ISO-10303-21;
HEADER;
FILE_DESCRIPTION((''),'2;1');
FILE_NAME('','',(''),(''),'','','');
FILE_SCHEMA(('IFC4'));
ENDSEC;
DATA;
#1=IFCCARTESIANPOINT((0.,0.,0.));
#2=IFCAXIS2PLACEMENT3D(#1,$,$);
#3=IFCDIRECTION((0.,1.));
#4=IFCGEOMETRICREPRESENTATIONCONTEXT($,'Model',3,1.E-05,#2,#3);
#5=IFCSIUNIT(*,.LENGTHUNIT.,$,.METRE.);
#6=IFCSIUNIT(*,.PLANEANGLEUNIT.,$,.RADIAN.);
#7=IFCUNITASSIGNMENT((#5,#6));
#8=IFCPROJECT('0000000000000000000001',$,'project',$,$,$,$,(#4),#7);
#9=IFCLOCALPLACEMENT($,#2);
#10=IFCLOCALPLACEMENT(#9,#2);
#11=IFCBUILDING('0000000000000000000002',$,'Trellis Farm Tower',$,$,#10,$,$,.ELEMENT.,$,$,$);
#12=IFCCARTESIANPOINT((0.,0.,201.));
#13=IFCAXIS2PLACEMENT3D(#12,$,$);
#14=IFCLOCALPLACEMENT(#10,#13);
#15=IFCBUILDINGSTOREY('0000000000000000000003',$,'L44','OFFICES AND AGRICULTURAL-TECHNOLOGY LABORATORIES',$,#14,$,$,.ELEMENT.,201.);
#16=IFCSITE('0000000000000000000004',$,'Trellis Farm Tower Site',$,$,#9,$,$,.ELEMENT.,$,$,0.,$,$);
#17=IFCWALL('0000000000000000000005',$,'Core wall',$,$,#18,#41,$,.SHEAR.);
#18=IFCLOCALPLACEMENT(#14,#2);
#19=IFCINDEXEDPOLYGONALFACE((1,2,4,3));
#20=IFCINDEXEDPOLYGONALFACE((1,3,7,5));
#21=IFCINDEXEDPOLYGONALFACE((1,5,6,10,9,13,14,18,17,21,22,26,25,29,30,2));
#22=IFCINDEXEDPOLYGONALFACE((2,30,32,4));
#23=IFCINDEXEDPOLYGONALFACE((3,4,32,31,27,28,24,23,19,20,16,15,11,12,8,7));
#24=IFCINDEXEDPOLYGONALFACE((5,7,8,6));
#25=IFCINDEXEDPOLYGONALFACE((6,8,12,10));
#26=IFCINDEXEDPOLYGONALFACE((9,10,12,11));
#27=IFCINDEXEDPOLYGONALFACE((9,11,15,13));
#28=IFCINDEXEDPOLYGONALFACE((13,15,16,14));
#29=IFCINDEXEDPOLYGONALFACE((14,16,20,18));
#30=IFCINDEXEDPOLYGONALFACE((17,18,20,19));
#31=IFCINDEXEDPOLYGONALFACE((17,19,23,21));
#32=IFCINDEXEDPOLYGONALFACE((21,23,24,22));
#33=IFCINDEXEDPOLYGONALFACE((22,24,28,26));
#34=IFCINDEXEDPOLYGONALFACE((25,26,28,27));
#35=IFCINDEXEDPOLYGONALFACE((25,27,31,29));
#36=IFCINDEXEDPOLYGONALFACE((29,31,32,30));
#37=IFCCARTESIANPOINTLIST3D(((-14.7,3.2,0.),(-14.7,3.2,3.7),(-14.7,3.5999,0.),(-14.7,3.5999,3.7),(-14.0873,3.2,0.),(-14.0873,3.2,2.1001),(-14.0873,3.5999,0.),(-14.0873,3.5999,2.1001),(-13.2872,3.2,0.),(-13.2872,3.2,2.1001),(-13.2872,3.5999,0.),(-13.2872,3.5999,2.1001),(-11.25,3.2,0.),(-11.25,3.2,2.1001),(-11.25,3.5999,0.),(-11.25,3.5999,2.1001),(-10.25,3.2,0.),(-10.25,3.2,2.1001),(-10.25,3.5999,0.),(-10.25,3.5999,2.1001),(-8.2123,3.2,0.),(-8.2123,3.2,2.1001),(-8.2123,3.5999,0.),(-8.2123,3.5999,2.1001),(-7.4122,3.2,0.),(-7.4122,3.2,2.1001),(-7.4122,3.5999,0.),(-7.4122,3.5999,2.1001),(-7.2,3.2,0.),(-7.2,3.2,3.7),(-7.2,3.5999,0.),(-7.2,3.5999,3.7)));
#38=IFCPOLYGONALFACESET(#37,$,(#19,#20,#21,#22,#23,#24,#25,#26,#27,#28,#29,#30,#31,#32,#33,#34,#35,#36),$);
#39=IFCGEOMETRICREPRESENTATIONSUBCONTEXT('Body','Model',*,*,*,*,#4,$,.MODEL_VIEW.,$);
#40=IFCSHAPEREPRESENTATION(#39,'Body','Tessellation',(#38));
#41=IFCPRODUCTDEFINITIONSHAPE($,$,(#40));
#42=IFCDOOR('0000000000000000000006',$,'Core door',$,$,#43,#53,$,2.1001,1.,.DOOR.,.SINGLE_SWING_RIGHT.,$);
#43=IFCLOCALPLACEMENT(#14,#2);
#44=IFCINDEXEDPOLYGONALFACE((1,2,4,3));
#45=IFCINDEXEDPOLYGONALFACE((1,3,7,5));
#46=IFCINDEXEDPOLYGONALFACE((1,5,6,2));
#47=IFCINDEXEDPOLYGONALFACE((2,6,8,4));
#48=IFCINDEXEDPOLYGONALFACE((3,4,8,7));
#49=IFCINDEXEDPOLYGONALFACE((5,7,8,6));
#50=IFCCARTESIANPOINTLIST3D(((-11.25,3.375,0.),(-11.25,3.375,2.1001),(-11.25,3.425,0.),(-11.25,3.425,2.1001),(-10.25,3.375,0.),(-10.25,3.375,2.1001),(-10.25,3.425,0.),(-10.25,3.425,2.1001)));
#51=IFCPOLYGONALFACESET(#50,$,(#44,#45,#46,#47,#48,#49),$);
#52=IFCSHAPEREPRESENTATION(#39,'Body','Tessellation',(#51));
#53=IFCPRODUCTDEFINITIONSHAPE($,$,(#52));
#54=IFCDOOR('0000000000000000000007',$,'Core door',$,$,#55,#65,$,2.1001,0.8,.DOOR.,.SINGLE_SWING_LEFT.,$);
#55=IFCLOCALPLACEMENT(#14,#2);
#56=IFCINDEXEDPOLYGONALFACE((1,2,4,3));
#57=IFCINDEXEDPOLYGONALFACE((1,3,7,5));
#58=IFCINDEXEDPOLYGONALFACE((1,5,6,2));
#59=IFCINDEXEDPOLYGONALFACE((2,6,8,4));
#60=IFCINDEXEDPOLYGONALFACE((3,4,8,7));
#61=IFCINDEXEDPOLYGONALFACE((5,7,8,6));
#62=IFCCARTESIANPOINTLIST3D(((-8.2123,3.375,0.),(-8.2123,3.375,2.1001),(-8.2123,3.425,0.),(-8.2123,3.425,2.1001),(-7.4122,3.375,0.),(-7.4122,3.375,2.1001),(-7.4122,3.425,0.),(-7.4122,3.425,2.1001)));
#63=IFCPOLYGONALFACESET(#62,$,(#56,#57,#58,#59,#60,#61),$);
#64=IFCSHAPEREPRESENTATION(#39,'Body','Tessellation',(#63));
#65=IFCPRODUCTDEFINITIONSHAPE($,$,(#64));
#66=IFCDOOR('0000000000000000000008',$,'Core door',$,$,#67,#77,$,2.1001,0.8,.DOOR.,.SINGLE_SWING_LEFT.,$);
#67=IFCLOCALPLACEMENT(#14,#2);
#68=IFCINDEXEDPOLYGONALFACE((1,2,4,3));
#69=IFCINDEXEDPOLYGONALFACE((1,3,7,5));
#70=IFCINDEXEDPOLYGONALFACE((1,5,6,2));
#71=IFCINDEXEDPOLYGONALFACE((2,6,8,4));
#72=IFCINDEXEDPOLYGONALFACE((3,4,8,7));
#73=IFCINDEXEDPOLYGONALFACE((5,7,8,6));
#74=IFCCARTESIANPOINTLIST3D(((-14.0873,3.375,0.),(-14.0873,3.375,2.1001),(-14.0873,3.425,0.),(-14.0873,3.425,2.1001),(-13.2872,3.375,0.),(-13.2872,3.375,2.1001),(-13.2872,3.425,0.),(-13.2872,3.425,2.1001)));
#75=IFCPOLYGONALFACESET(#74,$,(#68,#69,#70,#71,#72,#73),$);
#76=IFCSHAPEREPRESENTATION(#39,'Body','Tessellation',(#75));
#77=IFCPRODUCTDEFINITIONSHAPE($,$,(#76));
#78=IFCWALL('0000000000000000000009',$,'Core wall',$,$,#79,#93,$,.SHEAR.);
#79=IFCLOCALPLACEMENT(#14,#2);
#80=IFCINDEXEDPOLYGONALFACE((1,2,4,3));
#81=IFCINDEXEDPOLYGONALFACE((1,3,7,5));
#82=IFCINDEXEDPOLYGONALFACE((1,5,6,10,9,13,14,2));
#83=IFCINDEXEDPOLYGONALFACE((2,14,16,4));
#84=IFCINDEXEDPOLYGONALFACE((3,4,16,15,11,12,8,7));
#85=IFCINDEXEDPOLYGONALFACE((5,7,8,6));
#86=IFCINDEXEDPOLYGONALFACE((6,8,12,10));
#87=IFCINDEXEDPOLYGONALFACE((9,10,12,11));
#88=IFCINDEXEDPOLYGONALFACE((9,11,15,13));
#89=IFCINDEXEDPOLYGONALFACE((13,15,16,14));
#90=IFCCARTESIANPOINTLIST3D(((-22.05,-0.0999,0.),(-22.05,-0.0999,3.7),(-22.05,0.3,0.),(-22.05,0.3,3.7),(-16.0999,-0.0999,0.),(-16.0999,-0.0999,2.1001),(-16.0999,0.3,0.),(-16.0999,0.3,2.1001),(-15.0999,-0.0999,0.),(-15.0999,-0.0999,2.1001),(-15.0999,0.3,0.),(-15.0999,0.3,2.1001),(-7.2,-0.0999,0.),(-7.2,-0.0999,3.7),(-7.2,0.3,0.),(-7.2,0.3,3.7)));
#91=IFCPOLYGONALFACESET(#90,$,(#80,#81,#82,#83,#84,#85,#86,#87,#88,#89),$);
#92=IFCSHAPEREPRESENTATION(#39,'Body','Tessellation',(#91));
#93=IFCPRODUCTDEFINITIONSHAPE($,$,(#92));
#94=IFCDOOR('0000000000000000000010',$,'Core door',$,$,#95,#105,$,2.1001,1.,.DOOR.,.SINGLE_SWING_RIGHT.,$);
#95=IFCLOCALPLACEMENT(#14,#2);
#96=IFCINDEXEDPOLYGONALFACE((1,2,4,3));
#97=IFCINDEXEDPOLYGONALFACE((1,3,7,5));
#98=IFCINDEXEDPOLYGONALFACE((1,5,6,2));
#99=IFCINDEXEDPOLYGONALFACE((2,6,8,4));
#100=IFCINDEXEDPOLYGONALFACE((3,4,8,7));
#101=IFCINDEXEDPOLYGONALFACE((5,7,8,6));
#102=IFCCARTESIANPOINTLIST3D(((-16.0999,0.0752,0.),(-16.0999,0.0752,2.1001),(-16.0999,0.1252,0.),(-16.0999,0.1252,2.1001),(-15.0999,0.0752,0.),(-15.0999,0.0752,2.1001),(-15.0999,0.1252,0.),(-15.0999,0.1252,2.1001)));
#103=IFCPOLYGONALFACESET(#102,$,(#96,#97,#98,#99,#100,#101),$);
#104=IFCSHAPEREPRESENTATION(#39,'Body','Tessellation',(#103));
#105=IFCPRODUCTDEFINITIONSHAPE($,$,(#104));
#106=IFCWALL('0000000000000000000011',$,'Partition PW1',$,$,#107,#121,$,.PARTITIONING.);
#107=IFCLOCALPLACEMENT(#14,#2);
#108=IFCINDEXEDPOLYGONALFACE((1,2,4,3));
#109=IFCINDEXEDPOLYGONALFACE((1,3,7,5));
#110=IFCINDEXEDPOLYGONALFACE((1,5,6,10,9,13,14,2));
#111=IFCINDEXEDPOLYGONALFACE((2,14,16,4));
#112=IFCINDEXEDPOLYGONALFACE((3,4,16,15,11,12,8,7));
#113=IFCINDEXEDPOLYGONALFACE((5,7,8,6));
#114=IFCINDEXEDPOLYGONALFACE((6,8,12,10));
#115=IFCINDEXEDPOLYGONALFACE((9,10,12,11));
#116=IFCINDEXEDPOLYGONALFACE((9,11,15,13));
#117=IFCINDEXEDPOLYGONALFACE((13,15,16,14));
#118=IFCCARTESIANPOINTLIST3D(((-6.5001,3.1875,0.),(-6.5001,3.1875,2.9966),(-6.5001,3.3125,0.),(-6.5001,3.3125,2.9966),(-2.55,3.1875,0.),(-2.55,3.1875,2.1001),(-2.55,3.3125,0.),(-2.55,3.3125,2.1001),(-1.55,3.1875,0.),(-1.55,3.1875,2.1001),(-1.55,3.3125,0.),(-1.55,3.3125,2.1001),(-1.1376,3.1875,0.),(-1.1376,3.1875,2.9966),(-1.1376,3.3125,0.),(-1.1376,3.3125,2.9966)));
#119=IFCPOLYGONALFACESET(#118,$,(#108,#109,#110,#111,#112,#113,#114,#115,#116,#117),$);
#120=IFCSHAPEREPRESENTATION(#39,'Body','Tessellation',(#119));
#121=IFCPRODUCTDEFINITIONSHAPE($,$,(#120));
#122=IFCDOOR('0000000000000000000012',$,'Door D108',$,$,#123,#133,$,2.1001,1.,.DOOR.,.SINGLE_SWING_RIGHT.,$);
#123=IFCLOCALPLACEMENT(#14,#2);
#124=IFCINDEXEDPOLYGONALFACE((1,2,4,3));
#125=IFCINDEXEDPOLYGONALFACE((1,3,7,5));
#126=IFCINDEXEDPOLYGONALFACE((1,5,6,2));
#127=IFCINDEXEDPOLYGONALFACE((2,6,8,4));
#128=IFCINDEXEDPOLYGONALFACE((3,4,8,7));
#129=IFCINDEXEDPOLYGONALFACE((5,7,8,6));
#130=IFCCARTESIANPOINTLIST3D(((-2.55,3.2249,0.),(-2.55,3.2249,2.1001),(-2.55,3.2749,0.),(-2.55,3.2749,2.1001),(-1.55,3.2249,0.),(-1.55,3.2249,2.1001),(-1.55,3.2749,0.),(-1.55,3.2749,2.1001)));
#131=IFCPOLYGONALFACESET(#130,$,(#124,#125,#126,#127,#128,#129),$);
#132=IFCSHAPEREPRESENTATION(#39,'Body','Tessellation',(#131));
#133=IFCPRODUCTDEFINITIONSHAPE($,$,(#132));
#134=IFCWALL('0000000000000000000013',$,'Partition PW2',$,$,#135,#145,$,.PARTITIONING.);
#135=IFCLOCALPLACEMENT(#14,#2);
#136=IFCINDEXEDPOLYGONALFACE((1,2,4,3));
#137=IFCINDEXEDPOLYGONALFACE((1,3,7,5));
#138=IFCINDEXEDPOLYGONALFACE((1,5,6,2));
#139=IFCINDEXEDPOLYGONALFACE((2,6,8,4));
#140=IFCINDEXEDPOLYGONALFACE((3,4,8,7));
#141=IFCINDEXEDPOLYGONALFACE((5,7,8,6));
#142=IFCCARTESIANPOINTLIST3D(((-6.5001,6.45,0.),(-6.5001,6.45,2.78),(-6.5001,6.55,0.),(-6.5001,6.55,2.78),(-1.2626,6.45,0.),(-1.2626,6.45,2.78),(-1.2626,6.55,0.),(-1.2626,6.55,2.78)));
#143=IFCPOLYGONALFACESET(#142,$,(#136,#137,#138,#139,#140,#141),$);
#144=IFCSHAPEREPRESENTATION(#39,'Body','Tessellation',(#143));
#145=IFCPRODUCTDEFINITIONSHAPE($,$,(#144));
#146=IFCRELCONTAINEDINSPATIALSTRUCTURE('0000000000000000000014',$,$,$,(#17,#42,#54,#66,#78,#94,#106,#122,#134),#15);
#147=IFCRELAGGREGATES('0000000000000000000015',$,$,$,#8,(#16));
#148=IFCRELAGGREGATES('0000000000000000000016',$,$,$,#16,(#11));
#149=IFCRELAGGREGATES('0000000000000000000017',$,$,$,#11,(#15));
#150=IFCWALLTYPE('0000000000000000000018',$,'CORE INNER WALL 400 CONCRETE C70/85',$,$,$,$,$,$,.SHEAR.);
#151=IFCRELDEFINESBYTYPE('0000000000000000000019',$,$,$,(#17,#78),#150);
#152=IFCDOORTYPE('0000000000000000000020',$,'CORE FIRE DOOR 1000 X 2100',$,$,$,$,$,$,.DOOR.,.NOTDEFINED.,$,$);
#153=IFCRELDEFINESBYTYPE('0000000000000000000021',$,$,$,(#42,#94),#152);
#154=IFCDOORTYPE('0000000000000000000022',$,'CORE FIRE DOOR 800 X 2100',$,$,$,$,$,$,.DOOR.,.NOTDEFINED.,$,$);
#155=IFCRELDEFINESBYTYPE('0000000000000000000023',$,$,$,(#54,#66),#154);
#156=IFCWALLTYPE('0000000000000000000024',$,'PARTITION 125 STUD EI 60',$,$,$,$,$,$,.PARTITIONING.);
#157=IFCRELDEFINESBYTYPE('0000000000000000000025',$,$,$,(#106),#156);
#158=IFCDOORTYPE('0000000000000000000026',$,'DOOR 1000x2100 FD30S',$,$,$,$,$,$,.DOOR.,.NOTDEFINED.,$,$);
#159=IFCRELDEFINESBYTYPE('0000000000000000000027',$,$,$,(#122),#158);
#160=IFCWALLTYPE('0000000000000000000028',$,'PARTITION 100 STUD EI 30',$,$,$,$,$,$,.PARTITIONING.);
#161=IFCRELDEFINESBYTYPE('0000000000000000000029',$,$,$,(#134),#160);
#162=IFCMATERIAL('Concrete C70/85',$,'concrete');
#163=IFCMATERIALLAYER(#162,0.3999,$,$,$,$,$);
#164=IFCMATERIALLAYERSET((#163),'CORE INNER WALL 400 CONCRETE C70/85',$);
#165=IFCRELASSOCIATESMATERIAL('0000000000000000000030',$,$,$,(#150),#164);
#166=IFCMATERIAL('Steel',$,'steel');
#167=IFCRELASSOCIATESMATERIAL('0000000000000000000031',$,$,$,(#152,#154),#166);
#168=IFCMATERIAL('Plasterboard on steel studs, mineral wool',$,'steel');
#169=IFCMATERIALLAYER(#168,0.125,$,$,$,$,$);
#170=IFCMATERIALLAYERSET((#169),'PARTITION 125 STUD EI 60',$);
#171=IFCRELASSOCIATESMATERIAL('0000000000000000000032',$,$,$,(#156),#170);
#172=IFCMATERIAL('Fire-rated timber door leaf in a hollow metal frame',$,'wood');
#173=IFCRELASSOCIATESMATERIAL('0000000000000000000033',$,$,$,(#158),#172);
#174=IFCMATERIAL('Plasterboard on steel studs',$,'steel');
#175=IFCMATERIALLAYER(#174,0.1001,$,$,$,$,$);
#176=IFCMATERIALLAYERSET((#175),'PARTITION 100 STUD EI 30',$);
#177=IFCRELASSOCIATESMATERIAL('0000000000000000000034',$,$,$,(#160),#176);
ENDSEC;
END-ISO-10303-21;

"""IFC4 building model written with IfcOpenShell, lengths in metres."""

from ifc_helpers import new_model, si_unit, direction, frame, frame_2d, origin, place, context, subcontext, project, spatial, rectangle, extrude, source, transform, mapped, material, layer, layer_set, type_object, element, fill, save


model = new_model("IFC4")

# Units and contexts
model_context = context("Model", 3, precision=1e-05, world=origin(), true_north=direction((0.0, 1.0)))
body_context = subcontext(model_context, "Body", "Model", "MODEL_VIEW")
ifc_project = project(units=[si_unit("LENGTHUNIT", "METRE"), si_unit("PLANEANGLEUNIT", "RADIAN")], contexts=[model_context])

# Site, building, storey
site_placement = place(None, origin())
site = spatial("IfcSite", under=ifc_project, at=site_placement, Name="Trellis Farm Tower Site", CompositionType="ELEMENT", RefElevation=0.0)
building_placement = place(site_placement, origin())
building = spatial("IfcBuilding", under=site, at=building_placement, Name="Trellis Farm Tower", CompositionType="ELEMENT")
storey_placement = place(building_placement, frame((0.0, 0.0, 201.0)))
storey = spatial("IfcBuildingStorey", under=building, at=storey_placement, Name="L44", Description="OFFICES AND AGRICULTURAL-TECHNOLOGY LABORATORIES", CompositionType="ELEMENT", Elevation=201.0)

# Shared definitions
ifc_material_1 = material(Name="Concrete C70/85", Category="concrete")

# Shared definitions
ifc_material_2 = material(Name="Steel", Category="steel")

# Wall, openings, doors
ifc_layer_1 = layer(ifc_material_1, 0.3999)
ifc_layer_set_1 = layer_set([ifc_layer_1], Name="CORE INNER WALL 400 CONCRETE C70/85")
wall_type_1 = type_object("IfcWallType", Name="CORE INNER WALL 400 CONCRETE C70/85", PredefinedType="SHEAR", material=ifc_layer_set_1)
shared_shape_1 = source(origin(), body_context, "Body", "SweptSolid", [
    extrude(rectangle(XDim=7.5, YDim=0.3999, at=frame_2d((3.75, 0.0))), origin(), (0.0, 0.0, 1.0), 3.7),
])
wall_1_placement = place(storey_placement, frame((-7.2, 3.3999, 0.0), z_axis=(0.0, 0.0, 1.0), x_axis=(-1.0, 0.0, 0.0)))
wall_1 = element("IfcWall", 1, at=wall_1_placement, inside=storey, type_object=wall_type_1, Name="Core wall", PredefinedType="SHEAR", context=body_context, shape_type="MappedRepresentation", body=[
    mapped(shared_shape_1, transform((0.0, 0.0, 0.0))),
])
shared_shape_2 = source(origin(), body_context, "Body", "SweptSolid", [
    extrude(rectangle(XDim=0.8, YDim=2.1001, at=frame_2d((0.3999, 1.05))), frame((0.0, 0.21, 0.0), z_axis=(0.0, -1.0, 0.0), x_axis=(1.0, 0.0, 0.0)), (0.0, 0.0, 1.0), 0.4199),
])
opening_1_placement = place(wall_1_placement, frame((0.2124, 0.0, 0.0)))
opening_1 = element("IfcOpeningElement", 2, at=opening_1_placement, cuts=wall_1, PredefinedType="OPENING", context=body_context, shape_type="MappedRepresentation", body=[
    mapped(shared_shape_2, transform((0.0, 0.0, 0.0))),
])
shared_shape_3 = source(origin(), body_context, "Body", "SweptSolid", [
    extrude(rectangle(XDim=1.0, YDim=2.1001, at=frame_2d((0.5, 1.05))), frame((0.0, 0.21, 0.0), z_axis=(0.0, -1.0, 0.0), x_axis=(1.0, 0.0, 0.0)), (0.0, 0.0, 1.0), 0.4199),
])
opening_2_placement = place(wall_1_placement, frame((3.05, 0.0, 0.0)))
opening_2 = element("IfcOpeningElement", 3, at=opening_2_placement, cuts=wall_1, PredefinedType="OPENING", context=body_context, shape_type="MappedRepresentation", body=[
    mapped(shared_shape_3, transform((0.0, 0.0, 0.0))),
])
opening_3_placement = place(wall_1_placement, frame((6.0874, 0.0, 0.0)))
opening_3 = element("IfcOpeningElement", 4, at=opening_3_placement, cuts=wall_1, PredefinedType="OPENING", context=body_context, shape_type="MappedRepresentation", body=[
    mapped(shared_shape_2, transform((0.0, 0.0, 0.0))),
])
door_type_1 = type_object("IfcDoorType", Name="CORE FIRE DOOR 1000 X 2100", OperationType="NOTDEFINED", PredefinedType="DOOR", material=ifc_material_2)
shared_shape_4 = source(origin(), body_context, "Body", "SweptSolid", [
    extrude(rectangle(XDim=1.0, YDim=2.1001, at=frame_2d((0.5, 1.05))), frame((0.0, 0.0249, 0.0), z_axis=(0.0, -1.0, 0.0), x_axis=(1.0, 0.0, 0.0)), (0.0, 0.0, 1.0), 0.05),
])
door_1_placement = place(opening_2_placement, origin())
door_1 = element("IfcDoor", 5, at=door_1_placement, inside=storey, type_object=door_type_1, Name="Core door", OperationType="SINGLE_SWING_RIGHT", OverallHeight=2.1001, OverallWidth=1.0, PredefinedType="DOOR", context=body_context, shape_type="MappedRepresentation", body=[
    mapped(shared_shape_4, transform((0.0, 0.0, 0.0))),
])
fill(opening_2, door_1)
door_type_2 = type_object("IfcDoorType", Name="CORE FIRE DOOR 800 X 2100", OperationType="NOTDEFINED", PredefinedType="DOOR", material=ifc_material_2)
shared_shape_5 = source(origin(), body_context, "Body", "SweptSolid", [
    extrude(rectangle(XDim=0.8, YDim=2.1001, at=frame_2d((0.3999, 1.05))), frame((0.0, 0.0249, 0.0), z_axis=(0.0, -1.0, 0.0), x_axis=(1.0, 0.0, 0.0)), (0.0, 0.0, 1.0), 0.05),
])
door_2_placement = place(opening_1_placement, origin())
door_2 = element("IfcDoor", 6, at=door_2_placement, inside=storey, type_object=door_type_2, Name="Core door", OperationType="SINGLE_SWING_LEFT", OverallHeight=2.1001, OverallWidth=0.8, PredefinedType="DOOR", context=body_context, shape_type="MappedRepresentation", body=[
    mapped(shared_shape_5, transform((0.0, 0.0, 0.0))),
])
fill(opening_1, door_2)
door_3_placement = place(opening_3_placement, origin())
door_3 = element("IfcDoor", 7, at=door_3_placement, inside=storey, type_object=door_type_2, Name="Core door", OperationType="SINGLE_SWING_LEFT", OverallHeight=2.1001, OverallWidth=0.8, PredefinedType="DOOR", context=body_context, shape_type="MappedRepresentation", body=[
    mapped(shared_shape_5, transform((0.0, 0.0, 0.0))),
])
fill(opening_3, door_3)

# Walls, openings, doors
shared_shape_6 = source(origin(), body_context, "Body", "SweptSolid", [
    extrude(rectangle(XDim=14.8501, YDim=0.3999, at=frame_2d((7.425, 0.0))), origin(), (0.0, 0.0, 1.0), 3.7),
])
wall_2_placement = place(storey_placement, frame((-7.2, 0.1001, 0.0), z_axis=(0.0, 0.0, 1.0), x_axis=(-1.0, 0.0, 0.0)))
wall_2 = element("IfcWall", 8, at=wall_2_placement, inside=storey, type_object=wall_type_1, Name="Core wall", PredefinedType="SHEAR", context=body_context, shape_type="MappedRepresentation", body=[
    mapped(shared_shape_6, transform((0.0, 0.0, 0.0))),
])
opening_4_placement = place(wall_2_placement, frame((7.8999, 0.0, 0.0)))
opening_4 = element("IfcOpeningElement", 9, at=opening_4_placement, cuts=wall_2, PredefinedType="OPENING", context=body_context, shape_type="MappedRepresentation", body=[
    mapped(shared_shape_3, transform((0.0, 0.0, 0.0))),
])
door_4_placement = place(opening_4_placement, origin())
door_4 = element("IfcDoor", 10, at=door_4_placement, inside=storey, type_object=door_type_1, Name="Core door", OperationType="SINGLE_SWING_RIGHT", OverallHeight=2.1001, OverallWidth=1.0, PredefinedType="DOOR", context=body_context, shape_type="MappedRepresentation", body=[
    mapped(shared_shape_4, transform((0.0, 0.0, 0.0))),
])
fill(opening_4, door_4)
ifc_material_3 = material(Name="Plasterboard on steel studs, mineral wool", Category="steel")
ifc_layer_2 = layer(ifc_material_3, 0.125)
ifc_layer_set_2 = layer_set([ifc_layer_2], Name="PARTITION 125 STUD EI 60")
wall_type_2 = type_object("IfcWallType", Name="PARTITION 125 STUD EI 60", PredefinedType="PARTITIONING", material=ifc_layer_set_2)
shared_shape_7 = source(origin(), body_context, "Body", "SweptSolid", [
    extrude(rectangle(XDim=5.3625, YDim=0.125, at=frame_2d((2.6812, 0.0))), origin(), (0.0, 0.0, 1.0), 2.9966),
])
wall_3_placement = place(storey_placement, frame((-6.5, 3.25, 0.0), z_axis=(0.0, 0.0, 1.0), x_axis=(1.0, 0.0, 0.0)))
wall_3 = element("IfcWall", 11, at=wall_3_placement, inside=storey, type_object=wall_type_2, Name="Partition PW1", PredefinedType="PARTITIONING", context=body_context, shape_type="MappedRepresentation", body=[
    mapped(shared_shape_7, transform((0.0, 0.0, 0.0))),
])
shared_shape_8 = source(origin(), body_context, "Body", "SweptSolid", [
    extrude(rectangle(XDim=1.0, YDim=2.1001, at=frame_2d((0.5, 1.05))), frame((0.0, 0.0725, 0.0), z_axis=(0.0, -1.0, 0.0), x_axis=(1.0, 0.0, 0.0)), (0.0, 0.0, 1.0), 0.145),
])
opening_5_placement = place(wall_3_placement, frame((3.95, 0.0, 0.0)))
opening_5 = element("IfcOpeningElement", 12, at=opening_5_placement, cuts=wall_3, PredefinedType="OPENING", context=body_context, shape_type="MappedRepresentation", body=[
    mapped(shared_shape_8, transform((0.0, 0.0, 0.0))),
])
ifc_material_4 = material(Name="Fire-rated timber door leaf in a hollow metal frame", Category="wood")
door_type_3 = type_object("IfcDoorType", Name="DOOR 1000x2100 FD30S", OperationType="NOTDEFINED", PredefinedType="DOOR", material=ifc_material_4)
door_5_placement = place(opening_5_placement, origin())
door_5 = element("IfcDoor", 13, at=door_5_placement, inside=storey, type_object=door_type_3, Name="Door D108", OperationType="SINGLE_SWING_RIGHT", OverallHeight=2.1001, OverallWidth=1.0, PredefinedType="DOOR", context=body_context, shape_type="MappedRepresentation", body=[
    mapped(shared_shape_4, transform((0.0, 0.0, 0.0))),
])
fill(opening_5, door_5)

# Wall
ifc_material_5 = material(Name="Plasterboard on steel studs", Category="steel")
ifc_layer_3 = layer(ifc_material_5, 0.1001)
ifc_layer_set_3 = layer_set([ifc_layer_3], Name="PARTITION 100 STUD EI 30")
wall_type_3 = type_object("IfcWallType", Name="PARTITION 100 STUD EI 30", PredefinedType="PARTITIONING", material=ifc_layer_set_3)
shared_shape_9 = source(origin(), body_context, "Body", "SweptSolid", [
    extrude(rectangle(XDim=5.2375, YDim=0.1001, at=frame_2d((2.6187, 0.0))), origin(), (0.0, 0.0, 1.0), 2.78),
])
wall_4_placement = place(storey_placement, frame((-6.5, 6.5, 0.0), z_axis=(0.0, 0.0, 1.0), x_axis=(1.0, 0.0, 0.0)))
element("IfcWall", 14, at=wall_4_placement, inside=storey, type_object=wall_type_3, Name="Partition PW2", PredefinedType="PARTITIONING", context=body_context, shape_type="MappedRepresentation", body=[
    mapped(shared_shape_9, transform((0.0, 0.0, 0.0))),
])

save(model, "model.ifc")
